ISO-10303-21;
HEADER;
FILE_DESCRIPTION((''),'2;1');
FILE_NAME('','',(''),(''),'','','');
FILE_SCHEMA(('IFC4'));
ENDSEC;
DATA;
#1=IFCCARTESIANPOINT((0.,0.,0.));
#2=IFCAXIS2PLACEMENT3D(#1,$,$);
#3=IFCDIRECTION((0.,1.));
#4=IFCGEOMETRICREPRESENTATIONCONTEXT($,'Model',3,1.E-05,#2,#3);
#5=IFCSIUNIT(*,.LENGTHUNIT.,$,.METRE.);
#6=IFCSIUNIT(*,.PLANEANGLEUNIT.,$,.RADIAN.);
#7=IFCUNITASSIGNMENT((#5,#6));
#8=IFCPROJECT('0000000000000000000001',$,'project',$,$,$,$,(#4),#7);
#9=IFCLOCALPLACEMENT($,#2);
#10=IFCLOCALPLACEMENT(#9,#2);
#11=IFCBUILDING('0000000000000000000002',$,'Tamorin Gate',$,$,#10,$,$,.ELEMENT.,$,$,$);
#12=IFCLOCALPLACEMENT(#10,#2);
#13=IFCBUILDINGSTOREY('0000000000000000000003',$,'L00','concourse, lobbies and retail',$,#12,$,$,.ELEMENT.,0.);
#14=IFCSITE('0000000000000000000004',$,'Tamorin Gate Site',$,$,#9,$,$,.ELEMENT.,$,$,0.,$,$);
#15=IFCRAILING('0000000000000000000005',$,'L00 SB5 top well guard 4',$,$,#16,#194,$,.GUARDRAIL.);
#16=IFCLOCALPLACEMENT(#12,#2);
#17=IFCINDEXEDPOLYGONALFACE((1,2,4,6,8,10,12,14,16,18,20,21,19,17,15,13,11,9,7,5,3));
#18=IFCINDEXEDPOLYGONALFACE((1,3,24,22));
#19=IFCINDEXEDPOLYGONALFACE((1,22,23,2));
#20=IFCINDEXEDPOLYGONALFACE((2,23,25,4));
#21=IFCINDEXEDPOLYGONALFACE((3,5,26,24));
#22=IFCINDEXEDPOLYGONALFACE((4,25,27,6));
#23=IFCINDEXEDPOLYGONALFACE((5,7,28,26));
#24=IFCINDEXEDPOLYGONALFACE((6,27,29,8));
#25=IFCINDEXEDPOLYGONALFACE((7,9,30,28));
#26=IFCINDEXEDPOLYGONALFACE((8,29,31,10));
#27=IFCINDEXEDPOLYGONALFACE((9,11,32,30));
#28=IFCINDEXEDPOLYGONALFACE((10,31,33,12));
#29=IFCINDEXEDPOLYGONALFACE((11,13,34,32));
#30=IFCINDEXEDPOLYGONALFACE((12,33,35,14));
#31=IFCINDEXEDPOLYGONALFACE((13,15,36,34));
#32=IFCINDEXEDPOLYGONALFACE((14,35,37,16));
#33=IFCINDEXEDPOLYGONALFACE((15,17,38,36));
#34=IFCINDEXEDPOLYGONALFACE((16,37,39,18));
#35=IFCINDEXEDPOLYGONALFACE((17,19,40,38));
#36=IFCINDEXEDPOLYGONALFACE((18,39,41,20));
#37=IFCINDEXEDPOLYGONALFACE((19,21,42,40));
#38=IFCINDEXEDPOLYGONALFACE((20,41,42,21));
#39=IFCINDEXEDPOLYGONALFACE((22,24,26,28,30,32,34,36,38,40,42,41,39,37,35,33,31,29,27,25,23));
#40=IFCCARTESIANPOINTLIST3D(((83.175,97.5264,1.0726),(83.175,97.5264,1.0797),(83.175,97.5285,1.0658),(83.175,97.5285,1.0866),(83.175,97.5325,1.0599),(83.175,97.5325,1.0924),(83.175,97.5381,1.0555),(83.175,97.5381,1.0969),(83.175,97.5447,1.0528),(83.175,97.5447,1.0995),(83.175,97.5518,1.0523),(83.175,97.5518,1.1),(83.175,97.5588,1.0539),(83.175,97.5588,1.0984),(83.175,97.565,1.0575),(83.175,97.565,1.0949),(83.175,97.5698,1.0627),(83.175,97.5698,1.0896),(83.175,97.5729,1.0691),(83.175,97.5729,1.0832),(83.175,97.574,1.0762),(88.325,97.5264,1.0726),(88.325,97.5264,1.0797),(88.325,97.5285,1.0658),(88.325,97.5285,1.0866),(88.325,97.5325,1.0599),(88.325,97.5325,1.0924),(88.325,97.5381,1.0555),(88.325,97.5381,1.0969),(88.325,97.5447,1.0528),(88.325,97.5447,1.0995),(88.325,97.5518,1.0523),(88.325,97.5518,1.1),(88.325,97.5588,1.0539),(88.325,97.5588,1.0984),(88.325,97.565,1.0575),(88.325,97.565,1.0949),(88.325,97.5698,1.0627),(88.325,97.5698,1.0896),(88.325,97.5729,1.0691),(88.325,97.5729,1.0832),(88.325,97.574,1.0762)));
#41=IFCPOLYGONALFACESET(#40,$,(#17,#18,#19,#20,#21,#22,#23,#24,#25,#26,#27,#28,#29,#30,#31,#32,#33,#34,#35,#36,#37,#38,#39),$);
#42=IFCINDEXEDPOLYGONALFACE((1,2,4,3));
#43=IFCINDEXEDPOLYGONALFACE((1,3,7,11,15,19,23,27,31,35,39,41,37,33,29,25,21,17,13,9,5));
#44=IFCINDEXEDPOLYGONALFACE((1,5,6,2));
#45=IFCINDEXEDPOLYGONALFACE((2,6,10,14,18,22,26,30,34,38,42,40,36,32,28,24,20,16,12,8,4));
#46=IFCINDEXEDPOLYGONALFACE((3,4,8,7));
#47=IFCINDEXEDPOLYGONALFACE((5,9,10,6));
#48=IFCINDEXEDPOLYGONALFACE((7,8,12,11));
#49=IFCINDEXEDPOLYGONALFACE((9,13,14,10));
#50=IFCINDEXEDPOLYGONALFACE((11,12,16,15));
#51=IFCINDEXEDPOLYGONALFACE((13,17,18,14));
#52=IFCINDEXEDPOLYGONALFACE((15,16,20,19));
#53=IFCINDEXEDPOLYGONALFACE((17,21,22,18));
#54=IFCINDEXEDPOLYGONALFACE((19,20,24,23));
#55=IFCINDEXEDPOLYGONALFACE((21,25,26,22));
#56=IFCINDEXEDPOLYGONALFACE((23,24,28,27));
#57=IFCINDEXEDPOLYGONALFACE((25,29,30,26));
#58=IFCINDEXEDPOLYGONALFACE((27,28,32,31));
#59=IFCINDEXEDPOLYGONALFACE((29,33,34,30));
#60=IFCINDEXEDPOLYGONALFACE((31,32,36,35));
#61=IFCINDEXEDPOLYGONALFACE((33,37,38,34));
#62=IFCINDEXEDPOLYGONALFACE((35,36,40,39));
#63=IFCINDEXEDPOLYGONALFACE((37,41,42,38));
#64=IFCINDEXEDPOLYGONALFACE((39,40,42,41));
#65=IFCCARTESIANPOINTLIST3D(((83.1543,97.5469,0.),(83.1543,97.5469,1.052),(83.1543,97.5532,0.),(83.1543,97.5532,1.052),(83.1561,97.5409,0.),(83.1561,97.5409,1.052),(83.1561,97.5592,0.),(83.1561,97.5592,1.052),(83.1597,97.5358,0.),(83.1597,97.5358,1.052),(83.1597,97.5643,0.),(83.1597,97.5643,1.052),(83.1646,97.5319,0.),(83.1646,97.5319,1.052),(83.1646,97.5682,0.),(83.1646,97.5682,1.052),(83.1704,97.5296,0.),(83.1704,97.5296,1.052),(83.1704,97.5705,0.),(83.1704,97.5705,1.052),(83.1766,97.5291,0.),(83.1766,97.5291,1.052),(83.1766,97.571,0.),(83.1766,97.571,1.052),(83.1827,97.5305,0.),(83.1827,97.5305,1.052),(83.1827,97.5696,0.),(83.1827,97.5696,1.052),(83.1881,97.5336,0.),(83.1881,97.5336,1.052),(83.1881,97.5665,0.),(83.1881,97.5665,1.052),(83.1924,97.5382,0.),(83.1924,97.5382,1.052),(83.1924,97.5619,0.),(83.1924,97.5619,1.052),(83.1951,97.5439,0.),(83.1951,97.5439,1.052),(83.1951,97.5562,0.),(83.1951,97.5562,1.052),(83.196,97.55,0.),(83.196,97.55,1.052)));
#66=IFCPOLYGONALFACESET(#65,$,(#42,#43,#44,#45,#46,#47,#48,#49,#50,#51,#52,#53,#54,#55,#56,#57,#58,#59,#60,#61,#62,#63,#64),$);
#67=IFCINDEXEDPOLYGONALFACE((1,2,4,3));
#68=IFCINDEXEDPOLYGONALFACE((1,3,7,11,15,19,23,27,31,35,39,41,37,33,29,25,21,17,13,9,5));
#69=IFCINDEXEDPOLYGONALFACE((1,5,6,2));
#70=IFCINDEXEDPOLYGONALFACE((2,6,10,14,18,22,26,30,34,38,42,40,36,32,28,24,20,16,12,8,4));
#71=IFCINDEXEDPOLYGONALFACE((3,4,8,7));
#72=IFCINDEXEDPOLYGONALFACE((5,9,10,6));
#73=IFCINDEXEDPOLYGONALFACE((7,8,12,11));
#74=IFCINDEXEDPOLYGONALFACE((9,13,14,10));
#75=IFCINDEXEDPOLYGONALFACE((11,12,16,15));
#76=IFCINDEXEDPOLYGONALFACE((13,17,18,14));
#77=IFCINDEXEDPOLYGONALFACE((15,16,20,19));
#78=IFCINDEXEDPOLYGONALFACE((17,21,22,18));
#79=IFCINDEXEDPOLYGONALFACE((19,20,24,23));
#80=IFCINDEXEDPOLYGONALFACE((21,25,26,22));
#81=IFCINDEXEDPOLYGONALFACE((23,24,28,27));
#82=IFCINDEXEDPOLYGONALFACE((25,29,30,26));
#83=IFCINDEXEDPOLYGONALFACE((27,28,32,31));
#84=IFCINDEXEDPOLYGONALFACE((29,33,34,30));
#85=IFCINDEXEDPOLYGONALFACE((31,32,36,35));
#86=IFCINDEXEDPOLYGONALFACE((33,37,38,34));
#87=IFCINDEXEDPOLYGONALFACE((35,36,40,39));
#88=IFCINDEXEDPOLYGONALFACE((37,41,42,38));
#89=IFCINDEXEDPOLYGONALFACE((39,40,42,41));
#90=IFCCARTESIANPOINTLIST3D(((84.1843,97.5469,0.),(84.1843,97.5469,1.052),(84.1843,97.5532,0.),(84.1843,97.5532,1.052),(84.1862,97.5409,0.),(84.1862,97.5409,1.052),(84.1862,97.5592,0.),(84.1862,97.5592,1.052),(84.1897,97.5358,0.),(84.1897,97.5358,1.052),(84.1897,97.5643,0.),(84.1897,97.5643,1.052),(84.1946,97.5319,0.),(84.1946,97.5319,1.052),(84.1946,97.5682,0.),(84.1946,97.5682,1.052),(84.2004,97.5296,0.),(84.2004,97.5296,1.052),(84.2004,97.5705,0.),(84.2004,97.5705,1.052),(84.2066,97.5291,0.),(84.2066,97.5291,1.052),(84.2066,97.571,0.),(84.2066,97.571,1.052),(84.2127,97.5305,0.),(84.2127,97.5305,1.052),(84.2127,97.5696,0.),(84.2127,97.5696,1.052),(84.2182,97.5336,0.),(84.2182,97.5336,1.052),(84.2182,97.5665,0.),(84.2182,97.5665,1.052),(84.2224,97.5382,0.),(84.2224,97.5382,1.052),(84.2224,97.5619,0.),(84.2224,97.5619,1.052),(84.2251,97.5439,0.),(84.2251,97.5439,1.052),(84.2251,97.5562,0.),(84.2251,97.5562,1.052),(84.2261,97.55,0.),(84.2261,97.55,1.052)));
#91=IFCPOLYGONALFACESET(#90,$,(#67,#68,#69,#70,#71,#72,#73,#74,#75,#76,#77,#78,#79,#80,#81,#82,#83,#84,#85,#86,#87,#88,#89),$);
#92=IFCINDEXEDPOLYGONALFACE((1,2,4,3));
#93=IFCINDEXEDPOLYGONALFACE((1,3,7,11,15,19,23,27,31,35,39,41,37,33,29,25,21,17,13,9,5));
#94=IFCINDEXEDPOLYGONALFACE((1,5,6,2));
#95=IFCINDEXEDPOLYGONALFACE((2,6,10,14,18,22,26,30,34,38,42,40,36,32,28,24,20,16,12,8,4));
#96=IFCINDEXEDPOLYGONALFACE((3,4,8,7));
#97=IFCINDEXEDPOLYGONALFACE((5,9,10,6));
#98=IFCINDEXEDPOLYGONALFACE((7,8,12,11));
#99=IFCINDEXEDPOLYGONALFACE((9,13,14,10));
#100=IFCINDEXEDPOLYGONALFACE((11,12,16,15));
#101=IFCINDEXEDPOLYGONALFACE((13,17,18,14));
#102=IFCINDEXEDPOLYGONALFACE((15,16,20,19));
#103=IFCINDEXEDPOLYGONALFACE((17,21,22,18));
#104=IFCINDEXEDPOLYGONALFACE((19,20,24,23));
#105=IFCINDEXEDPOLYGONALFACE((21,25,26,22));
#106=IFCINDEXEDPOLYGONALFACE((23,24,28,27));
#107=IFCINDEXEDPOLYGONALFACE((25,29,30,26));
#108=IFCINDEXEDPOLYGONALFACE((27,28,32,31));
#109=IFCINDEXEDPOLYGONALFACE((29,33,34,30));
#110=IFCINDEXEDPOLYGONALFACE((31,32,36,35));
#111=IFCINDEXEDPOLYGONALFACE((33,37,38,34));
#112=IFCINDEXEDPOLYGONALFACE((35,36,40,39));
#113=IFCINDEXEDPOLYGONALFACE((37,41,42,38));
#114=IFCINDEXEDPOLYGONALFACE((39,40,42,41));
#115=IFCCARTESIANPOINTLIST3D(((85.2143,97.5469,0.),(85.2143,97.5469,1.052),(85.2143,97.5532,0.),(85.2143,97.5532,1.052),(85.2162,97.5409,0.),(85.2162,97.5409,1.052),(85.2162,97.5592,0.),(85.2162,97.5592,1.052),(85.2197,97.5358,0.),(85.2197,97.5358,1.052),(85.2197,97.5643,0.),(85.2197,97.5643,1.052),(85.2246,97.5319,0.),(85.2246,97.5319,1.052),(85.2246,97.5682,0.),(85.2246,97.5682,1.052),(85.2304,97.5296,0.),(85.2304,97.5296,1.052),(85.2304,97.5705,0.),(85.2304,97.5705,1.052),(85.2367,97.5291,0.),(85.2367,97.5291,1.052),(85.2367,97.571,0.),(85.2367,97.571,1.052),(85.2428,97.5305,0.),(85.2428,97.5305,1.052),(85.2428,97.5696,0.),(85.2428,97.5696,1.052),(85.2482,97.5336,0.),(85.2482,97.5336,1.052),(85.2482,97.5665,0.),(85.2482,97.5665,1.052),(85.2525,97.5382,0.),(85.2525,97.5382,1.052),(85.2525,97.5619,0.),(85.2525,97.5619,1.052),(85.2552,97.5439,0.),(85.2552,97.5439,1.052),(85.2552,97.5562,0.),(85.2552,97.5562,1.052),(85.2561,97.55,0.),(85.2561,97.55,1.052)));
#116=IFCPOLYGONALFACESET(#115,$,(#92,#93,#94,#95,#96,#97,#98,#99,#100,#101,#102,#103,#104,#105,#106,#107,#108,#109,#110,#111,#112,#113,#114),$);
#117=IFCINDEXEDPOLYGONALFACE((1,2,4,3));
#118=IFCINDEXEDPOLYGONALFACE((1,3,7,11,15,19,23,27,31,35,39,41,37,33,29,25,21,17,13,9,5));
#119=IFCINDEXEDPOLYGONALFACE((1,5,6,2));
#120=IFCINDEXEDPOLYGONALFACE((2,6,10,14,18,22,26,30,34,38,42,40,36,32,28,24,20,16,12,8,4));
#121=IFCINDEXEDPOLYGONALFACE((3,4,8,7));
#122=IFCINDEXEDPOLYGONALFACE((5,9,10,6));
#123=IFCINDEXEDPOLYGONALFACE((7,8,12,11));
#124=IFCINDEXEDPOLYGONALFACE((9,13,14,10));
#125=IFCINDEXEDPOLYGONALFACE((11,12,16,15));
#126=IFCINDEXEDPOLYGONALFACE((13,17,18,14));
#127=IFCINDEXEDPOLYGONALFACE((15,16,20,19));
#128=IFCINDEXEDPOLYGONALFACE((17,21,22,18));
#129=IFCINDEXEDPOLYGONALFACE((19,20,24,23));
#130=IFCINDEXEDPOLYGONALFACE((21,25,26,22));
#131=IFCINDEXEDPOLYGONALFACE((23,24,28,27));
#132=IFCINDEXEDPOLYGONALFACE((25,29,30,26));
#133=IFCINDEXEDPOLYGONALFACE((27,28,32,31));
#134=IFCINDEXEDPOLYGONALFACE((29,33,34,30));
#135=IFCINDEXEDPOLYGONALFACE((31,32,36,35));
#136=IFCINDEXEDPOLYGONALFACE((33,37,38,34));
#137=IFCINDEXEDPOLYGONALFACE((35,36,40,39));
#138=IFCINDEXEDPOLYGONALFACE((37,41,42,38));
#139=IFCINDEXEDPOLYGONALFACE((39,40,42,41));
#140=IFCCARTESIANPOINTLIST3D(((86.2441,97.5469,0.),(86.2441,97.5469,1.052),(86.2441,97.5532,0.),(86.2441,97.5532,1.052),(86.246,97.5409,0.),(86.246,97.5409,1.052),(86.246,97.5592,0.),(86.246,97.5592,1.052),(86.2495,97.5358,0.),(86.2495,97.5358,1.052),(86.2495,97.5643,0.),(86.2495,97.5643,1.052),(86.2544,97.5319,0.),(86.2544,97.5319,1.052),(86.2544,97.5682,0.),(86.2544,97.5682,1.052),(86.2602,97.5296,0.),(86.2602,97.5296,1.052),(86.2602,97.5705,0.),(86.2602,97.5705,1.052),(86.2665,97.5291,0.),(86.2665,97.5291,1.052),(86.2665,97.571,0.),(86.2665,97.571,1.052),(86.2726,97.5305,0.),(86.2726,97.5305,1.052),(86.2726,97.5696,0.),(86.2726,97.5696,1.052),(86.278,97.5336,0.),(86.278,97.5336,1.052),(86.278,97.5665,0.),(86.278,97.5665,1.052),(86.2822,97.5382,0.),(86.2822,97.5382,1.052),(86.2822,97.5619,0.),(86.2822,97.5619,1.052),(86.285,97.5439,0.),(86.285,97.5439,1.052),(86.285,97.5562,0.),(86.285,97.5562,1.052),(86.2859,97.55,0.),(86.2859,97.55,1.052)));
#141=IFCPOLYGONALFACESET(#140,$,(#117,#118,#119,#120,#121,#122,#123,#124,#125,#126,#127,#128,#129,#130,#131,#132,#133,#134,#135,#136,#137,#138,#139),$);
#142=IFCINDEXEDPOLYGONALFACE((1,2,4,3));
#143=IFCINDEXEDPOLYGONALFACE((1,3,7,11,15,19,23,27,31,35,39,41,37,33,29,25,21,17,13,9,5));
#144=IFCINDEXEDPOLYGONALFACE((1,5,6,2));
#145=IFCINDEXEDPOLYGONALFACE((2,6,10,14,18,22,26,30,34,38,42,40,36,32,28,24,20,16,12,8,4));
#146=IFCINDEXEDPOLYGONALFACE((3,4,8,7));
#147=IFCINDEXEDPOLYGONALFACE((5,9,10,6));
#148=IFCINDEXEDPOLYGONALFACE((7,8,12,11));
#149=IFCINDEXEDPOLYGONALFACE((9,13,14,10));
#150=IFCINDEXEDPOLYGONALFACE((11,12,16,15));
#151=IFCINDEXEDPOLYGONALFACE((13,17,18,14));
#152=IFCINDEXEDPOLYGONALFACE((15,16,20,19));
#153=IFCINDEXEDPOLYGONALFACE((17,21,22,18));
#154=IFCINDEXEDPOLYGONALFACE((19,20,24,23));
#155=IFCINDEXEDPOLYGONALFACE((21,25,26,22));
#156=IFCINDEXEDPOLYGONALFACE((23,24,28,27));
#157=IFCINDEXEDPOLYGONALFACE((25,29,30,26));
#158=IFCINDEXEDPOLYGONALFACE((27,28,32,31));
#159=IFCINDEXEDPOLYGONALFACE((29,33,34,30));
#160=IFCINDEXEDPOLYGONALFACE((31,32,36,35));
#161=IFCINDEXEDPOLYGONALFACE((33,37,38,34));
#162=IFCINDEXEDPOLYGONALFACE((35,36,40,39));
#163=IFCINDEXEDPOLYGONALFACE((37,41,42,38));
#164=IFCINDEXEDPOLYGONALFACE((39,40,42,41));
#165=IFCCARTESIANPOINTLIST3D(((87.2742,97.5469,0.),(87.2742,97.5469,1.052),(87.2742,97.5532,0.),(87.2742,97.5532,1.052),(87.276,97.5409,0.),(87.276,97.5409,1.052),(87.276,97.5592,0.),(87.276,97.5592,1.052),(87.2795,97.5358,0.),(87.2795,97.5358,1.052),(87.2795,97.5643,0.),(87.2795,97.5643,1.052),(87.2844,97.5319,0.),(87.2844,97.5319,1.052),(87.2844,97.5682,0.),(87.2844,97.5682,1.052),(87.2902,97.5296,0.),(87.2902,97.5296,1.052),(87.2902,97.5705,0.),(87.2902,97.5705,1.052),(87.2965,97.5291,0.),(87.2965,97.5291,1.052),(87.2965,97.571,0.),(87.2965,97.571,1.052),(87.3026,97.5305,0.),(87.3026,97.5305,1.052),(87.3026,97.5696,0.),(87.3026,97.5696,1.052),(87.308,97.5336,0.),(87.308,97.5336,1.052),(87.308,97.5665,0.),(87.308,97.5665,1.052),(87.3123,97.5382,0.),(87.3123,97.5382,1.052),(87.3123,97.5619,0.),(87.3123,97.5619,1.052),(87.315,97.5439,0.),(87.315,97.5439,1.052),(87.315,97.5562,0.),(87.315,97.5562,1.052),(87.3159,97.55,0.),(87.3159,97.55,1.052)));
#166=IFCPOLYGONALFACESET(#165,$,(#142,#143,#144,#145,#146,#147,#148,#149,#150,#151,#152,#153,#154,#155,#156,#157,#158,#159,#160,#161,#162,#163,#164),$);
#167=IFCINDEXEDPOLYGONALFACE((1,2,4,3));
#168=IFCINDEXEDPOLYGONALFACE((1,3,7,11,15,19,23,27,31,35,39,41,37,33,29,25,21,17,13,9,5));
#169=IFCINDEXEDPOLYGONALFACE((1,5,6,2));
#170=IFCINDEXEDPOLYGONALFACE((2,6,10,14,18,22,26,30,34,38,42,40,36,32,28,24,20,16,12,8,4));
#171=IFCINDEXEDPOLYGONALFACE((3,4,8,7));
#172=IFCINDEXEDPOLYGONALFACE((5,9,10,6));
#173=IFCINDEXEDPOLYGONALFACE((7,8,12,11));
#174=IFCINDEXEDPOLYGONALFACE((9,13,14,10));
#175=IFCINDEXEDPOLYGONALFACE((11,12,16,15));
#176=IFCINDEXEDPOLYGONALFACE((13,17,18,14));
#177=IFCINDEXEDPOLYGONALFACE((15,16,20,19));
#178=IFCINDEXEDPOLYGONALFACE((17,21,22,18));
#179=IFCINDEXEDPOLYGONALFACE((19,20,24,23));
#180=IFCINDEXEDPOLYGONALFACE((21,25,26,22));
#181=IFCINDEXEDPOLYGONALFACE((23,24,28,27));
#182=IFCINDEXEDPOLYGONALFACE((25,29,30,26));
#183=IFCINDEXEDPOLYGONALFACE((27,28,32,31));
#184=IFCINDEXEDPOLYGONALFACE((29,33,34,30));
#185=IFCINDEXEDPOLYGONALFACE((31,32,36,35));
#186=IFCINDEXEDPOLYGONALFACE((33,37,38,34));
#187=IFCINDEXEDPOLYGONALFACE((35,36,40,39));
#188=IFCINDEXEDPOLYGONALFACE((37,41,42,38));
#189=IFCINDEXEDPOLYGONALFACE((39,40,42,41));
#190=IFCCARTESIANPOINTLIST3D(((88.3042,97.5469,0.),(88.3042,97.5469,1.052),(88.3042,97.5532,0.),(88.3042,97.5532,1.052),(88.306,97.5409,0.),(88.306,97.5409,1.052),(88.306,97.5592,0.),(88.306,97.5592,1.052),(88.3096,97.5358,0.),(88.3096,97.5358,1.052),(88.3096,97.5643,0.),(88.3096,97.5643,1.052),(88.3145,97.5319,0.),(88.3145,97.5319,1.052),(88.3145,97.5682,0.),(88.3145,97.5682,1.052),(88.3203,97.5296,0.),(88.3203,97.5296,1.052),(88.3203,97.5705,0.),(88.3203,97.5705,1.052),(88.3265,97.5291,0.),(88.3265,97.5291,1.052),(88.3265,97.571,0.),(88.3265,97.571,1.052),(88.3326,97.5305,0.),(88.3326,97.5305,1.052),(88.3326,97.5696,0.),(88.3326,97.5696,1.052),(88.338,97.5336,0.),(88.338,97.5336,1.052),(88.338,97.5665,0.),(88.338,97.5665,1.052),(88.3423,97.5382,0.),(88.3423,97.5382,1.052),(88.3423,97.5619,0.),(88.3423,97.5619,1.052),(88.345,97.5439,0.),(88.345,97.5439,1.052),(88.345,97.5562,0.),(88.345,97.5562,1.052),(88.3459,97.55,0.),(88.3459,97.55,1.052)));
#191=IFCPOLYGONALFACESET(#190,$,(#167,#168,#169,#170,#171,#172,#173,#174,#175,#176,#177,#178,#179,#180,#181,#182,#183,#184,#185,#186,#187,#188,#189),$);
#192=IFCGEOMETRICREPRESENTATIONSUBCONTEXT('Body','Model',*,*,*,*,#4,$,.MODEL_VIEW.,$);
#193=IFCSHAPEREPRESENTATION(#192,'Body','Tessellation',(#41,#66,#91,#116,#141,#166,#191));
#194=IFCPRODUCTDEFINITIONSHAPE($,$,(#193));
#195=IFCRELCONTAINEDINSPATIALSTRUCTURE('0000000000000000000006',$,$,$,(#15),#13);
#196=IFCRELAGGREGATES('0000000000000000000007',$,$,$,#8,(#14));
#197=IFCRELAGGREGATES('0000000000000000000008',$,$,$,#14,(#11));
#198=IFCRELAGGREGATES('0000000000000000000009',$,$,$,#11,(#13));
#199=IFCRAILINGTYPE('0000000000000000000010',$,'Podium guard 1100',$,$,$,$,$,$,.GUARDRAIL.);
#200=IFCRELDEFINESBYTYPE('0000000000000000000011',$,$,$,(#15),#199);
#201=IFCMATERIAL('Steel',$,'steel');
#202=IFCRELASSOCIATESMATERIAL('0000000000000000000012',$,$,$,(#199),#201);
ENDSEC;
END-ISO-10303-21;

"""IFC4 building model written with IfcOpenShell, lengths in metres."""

from ifc_helpers import new_model, si_unit, direction, frame, origin, origin_2d, place, context, subcontext, project, spatial, circle, extrude, material, type_object, element, save


model = new_model("IFC4")

# Units and contexts
model_context = context("Model", 3, precision=1e-05, world=origin(), true_north=direction((0.0, 1.0)))
body_context = subcontext(model_context, "Body", "Model", "MODEL_VIEW")
ifc_project = project(units=[si_unit("LENGTHUNIT", "METRE"), si_unit("PLANEANGLEUNIT", "RADIAN")], contexts=[model_context])

# Site, building, storey
site_placement = place(None, origin())
site = spatial("IfcSite", under=ifc_project, at=site_placement, Name="Tamorin Gate Site", CompositionType="ELEMENT", RefElevation=0.0)
building_placement = place(site_placement, origin())
building = spatial("IfcBuilding", under=site, at=building_placement, Name="Tamorin Gate", CompositionType="ELEMENT")
storey_placement = place(building_placement, origin())
storey = spatial("IfcBuildingStorey", under=building, at=storey_placement, Name="L00", Description="concourse, lobbies and retail", CompositionType="ELEMENT", Elevation=0.0)

# Railing
ifc_material_1 = material(Name="Steel", Category="steel")
railing_type = type_object("IfcRailingType", Name="Podium guard 1100", PredefinedType="GUARDRAIL", material=ifc_material_1)
railing_1_placement = place(storey_placement, frame((83.175, 97.55, 0.0)))
element("IfcRailing", 1, at=railing_1_placement, inside=storey, type_object=railing_type, Name="L00 SB5 top well guard 4", PredefinedType="GUARDRAIL", context=body_context, shape_type="SweptSolid", body=[
    extrude(circle(Radius=0.0239, at=origin_2d()), frame((0.0, 0.0, 1.0762), z_axis=(1.0, 0.0, 0.0), x_axis=(0.0, 1.0, 0.0)), (0.0, 0.0, 1.0), 5.1499),
    extrude(circle(Radius=0.021, at=origin_2d()), origin(), (0.0, 0.0, 1.0), 1.052),
    extrude(circle(Radius=0.021, at=origin_2d()), frame((1.03, 0.0, 0.0)), (0.0, 0.0, 1.0), 1.052),
    extrude(circle(Radius=0.021, at=origin_2d()), frame((2.0601, 0.0, 0.0)), (0.0, 0.0, 1.0), 1.052),
    extrude(circle(Radius=0.021, at=origin_2d()), frame((3.0898, 0.0, 0.0)), (0.0, 0.0, 1.0), 1.052),
    extrude(circle(Radius=0.021, at=origin_2d()), frame((4.1199, 0.0, 0.0)), (0.0, 0.0, 1.0), 1.052),
    extrude(circle(Radius=0.021, at=origin_2d()), frame((5.1499, 0.0, 0.0)), (0.0, 0.0, 1.0), 1.052),
])

save(model, "model.ifc")
